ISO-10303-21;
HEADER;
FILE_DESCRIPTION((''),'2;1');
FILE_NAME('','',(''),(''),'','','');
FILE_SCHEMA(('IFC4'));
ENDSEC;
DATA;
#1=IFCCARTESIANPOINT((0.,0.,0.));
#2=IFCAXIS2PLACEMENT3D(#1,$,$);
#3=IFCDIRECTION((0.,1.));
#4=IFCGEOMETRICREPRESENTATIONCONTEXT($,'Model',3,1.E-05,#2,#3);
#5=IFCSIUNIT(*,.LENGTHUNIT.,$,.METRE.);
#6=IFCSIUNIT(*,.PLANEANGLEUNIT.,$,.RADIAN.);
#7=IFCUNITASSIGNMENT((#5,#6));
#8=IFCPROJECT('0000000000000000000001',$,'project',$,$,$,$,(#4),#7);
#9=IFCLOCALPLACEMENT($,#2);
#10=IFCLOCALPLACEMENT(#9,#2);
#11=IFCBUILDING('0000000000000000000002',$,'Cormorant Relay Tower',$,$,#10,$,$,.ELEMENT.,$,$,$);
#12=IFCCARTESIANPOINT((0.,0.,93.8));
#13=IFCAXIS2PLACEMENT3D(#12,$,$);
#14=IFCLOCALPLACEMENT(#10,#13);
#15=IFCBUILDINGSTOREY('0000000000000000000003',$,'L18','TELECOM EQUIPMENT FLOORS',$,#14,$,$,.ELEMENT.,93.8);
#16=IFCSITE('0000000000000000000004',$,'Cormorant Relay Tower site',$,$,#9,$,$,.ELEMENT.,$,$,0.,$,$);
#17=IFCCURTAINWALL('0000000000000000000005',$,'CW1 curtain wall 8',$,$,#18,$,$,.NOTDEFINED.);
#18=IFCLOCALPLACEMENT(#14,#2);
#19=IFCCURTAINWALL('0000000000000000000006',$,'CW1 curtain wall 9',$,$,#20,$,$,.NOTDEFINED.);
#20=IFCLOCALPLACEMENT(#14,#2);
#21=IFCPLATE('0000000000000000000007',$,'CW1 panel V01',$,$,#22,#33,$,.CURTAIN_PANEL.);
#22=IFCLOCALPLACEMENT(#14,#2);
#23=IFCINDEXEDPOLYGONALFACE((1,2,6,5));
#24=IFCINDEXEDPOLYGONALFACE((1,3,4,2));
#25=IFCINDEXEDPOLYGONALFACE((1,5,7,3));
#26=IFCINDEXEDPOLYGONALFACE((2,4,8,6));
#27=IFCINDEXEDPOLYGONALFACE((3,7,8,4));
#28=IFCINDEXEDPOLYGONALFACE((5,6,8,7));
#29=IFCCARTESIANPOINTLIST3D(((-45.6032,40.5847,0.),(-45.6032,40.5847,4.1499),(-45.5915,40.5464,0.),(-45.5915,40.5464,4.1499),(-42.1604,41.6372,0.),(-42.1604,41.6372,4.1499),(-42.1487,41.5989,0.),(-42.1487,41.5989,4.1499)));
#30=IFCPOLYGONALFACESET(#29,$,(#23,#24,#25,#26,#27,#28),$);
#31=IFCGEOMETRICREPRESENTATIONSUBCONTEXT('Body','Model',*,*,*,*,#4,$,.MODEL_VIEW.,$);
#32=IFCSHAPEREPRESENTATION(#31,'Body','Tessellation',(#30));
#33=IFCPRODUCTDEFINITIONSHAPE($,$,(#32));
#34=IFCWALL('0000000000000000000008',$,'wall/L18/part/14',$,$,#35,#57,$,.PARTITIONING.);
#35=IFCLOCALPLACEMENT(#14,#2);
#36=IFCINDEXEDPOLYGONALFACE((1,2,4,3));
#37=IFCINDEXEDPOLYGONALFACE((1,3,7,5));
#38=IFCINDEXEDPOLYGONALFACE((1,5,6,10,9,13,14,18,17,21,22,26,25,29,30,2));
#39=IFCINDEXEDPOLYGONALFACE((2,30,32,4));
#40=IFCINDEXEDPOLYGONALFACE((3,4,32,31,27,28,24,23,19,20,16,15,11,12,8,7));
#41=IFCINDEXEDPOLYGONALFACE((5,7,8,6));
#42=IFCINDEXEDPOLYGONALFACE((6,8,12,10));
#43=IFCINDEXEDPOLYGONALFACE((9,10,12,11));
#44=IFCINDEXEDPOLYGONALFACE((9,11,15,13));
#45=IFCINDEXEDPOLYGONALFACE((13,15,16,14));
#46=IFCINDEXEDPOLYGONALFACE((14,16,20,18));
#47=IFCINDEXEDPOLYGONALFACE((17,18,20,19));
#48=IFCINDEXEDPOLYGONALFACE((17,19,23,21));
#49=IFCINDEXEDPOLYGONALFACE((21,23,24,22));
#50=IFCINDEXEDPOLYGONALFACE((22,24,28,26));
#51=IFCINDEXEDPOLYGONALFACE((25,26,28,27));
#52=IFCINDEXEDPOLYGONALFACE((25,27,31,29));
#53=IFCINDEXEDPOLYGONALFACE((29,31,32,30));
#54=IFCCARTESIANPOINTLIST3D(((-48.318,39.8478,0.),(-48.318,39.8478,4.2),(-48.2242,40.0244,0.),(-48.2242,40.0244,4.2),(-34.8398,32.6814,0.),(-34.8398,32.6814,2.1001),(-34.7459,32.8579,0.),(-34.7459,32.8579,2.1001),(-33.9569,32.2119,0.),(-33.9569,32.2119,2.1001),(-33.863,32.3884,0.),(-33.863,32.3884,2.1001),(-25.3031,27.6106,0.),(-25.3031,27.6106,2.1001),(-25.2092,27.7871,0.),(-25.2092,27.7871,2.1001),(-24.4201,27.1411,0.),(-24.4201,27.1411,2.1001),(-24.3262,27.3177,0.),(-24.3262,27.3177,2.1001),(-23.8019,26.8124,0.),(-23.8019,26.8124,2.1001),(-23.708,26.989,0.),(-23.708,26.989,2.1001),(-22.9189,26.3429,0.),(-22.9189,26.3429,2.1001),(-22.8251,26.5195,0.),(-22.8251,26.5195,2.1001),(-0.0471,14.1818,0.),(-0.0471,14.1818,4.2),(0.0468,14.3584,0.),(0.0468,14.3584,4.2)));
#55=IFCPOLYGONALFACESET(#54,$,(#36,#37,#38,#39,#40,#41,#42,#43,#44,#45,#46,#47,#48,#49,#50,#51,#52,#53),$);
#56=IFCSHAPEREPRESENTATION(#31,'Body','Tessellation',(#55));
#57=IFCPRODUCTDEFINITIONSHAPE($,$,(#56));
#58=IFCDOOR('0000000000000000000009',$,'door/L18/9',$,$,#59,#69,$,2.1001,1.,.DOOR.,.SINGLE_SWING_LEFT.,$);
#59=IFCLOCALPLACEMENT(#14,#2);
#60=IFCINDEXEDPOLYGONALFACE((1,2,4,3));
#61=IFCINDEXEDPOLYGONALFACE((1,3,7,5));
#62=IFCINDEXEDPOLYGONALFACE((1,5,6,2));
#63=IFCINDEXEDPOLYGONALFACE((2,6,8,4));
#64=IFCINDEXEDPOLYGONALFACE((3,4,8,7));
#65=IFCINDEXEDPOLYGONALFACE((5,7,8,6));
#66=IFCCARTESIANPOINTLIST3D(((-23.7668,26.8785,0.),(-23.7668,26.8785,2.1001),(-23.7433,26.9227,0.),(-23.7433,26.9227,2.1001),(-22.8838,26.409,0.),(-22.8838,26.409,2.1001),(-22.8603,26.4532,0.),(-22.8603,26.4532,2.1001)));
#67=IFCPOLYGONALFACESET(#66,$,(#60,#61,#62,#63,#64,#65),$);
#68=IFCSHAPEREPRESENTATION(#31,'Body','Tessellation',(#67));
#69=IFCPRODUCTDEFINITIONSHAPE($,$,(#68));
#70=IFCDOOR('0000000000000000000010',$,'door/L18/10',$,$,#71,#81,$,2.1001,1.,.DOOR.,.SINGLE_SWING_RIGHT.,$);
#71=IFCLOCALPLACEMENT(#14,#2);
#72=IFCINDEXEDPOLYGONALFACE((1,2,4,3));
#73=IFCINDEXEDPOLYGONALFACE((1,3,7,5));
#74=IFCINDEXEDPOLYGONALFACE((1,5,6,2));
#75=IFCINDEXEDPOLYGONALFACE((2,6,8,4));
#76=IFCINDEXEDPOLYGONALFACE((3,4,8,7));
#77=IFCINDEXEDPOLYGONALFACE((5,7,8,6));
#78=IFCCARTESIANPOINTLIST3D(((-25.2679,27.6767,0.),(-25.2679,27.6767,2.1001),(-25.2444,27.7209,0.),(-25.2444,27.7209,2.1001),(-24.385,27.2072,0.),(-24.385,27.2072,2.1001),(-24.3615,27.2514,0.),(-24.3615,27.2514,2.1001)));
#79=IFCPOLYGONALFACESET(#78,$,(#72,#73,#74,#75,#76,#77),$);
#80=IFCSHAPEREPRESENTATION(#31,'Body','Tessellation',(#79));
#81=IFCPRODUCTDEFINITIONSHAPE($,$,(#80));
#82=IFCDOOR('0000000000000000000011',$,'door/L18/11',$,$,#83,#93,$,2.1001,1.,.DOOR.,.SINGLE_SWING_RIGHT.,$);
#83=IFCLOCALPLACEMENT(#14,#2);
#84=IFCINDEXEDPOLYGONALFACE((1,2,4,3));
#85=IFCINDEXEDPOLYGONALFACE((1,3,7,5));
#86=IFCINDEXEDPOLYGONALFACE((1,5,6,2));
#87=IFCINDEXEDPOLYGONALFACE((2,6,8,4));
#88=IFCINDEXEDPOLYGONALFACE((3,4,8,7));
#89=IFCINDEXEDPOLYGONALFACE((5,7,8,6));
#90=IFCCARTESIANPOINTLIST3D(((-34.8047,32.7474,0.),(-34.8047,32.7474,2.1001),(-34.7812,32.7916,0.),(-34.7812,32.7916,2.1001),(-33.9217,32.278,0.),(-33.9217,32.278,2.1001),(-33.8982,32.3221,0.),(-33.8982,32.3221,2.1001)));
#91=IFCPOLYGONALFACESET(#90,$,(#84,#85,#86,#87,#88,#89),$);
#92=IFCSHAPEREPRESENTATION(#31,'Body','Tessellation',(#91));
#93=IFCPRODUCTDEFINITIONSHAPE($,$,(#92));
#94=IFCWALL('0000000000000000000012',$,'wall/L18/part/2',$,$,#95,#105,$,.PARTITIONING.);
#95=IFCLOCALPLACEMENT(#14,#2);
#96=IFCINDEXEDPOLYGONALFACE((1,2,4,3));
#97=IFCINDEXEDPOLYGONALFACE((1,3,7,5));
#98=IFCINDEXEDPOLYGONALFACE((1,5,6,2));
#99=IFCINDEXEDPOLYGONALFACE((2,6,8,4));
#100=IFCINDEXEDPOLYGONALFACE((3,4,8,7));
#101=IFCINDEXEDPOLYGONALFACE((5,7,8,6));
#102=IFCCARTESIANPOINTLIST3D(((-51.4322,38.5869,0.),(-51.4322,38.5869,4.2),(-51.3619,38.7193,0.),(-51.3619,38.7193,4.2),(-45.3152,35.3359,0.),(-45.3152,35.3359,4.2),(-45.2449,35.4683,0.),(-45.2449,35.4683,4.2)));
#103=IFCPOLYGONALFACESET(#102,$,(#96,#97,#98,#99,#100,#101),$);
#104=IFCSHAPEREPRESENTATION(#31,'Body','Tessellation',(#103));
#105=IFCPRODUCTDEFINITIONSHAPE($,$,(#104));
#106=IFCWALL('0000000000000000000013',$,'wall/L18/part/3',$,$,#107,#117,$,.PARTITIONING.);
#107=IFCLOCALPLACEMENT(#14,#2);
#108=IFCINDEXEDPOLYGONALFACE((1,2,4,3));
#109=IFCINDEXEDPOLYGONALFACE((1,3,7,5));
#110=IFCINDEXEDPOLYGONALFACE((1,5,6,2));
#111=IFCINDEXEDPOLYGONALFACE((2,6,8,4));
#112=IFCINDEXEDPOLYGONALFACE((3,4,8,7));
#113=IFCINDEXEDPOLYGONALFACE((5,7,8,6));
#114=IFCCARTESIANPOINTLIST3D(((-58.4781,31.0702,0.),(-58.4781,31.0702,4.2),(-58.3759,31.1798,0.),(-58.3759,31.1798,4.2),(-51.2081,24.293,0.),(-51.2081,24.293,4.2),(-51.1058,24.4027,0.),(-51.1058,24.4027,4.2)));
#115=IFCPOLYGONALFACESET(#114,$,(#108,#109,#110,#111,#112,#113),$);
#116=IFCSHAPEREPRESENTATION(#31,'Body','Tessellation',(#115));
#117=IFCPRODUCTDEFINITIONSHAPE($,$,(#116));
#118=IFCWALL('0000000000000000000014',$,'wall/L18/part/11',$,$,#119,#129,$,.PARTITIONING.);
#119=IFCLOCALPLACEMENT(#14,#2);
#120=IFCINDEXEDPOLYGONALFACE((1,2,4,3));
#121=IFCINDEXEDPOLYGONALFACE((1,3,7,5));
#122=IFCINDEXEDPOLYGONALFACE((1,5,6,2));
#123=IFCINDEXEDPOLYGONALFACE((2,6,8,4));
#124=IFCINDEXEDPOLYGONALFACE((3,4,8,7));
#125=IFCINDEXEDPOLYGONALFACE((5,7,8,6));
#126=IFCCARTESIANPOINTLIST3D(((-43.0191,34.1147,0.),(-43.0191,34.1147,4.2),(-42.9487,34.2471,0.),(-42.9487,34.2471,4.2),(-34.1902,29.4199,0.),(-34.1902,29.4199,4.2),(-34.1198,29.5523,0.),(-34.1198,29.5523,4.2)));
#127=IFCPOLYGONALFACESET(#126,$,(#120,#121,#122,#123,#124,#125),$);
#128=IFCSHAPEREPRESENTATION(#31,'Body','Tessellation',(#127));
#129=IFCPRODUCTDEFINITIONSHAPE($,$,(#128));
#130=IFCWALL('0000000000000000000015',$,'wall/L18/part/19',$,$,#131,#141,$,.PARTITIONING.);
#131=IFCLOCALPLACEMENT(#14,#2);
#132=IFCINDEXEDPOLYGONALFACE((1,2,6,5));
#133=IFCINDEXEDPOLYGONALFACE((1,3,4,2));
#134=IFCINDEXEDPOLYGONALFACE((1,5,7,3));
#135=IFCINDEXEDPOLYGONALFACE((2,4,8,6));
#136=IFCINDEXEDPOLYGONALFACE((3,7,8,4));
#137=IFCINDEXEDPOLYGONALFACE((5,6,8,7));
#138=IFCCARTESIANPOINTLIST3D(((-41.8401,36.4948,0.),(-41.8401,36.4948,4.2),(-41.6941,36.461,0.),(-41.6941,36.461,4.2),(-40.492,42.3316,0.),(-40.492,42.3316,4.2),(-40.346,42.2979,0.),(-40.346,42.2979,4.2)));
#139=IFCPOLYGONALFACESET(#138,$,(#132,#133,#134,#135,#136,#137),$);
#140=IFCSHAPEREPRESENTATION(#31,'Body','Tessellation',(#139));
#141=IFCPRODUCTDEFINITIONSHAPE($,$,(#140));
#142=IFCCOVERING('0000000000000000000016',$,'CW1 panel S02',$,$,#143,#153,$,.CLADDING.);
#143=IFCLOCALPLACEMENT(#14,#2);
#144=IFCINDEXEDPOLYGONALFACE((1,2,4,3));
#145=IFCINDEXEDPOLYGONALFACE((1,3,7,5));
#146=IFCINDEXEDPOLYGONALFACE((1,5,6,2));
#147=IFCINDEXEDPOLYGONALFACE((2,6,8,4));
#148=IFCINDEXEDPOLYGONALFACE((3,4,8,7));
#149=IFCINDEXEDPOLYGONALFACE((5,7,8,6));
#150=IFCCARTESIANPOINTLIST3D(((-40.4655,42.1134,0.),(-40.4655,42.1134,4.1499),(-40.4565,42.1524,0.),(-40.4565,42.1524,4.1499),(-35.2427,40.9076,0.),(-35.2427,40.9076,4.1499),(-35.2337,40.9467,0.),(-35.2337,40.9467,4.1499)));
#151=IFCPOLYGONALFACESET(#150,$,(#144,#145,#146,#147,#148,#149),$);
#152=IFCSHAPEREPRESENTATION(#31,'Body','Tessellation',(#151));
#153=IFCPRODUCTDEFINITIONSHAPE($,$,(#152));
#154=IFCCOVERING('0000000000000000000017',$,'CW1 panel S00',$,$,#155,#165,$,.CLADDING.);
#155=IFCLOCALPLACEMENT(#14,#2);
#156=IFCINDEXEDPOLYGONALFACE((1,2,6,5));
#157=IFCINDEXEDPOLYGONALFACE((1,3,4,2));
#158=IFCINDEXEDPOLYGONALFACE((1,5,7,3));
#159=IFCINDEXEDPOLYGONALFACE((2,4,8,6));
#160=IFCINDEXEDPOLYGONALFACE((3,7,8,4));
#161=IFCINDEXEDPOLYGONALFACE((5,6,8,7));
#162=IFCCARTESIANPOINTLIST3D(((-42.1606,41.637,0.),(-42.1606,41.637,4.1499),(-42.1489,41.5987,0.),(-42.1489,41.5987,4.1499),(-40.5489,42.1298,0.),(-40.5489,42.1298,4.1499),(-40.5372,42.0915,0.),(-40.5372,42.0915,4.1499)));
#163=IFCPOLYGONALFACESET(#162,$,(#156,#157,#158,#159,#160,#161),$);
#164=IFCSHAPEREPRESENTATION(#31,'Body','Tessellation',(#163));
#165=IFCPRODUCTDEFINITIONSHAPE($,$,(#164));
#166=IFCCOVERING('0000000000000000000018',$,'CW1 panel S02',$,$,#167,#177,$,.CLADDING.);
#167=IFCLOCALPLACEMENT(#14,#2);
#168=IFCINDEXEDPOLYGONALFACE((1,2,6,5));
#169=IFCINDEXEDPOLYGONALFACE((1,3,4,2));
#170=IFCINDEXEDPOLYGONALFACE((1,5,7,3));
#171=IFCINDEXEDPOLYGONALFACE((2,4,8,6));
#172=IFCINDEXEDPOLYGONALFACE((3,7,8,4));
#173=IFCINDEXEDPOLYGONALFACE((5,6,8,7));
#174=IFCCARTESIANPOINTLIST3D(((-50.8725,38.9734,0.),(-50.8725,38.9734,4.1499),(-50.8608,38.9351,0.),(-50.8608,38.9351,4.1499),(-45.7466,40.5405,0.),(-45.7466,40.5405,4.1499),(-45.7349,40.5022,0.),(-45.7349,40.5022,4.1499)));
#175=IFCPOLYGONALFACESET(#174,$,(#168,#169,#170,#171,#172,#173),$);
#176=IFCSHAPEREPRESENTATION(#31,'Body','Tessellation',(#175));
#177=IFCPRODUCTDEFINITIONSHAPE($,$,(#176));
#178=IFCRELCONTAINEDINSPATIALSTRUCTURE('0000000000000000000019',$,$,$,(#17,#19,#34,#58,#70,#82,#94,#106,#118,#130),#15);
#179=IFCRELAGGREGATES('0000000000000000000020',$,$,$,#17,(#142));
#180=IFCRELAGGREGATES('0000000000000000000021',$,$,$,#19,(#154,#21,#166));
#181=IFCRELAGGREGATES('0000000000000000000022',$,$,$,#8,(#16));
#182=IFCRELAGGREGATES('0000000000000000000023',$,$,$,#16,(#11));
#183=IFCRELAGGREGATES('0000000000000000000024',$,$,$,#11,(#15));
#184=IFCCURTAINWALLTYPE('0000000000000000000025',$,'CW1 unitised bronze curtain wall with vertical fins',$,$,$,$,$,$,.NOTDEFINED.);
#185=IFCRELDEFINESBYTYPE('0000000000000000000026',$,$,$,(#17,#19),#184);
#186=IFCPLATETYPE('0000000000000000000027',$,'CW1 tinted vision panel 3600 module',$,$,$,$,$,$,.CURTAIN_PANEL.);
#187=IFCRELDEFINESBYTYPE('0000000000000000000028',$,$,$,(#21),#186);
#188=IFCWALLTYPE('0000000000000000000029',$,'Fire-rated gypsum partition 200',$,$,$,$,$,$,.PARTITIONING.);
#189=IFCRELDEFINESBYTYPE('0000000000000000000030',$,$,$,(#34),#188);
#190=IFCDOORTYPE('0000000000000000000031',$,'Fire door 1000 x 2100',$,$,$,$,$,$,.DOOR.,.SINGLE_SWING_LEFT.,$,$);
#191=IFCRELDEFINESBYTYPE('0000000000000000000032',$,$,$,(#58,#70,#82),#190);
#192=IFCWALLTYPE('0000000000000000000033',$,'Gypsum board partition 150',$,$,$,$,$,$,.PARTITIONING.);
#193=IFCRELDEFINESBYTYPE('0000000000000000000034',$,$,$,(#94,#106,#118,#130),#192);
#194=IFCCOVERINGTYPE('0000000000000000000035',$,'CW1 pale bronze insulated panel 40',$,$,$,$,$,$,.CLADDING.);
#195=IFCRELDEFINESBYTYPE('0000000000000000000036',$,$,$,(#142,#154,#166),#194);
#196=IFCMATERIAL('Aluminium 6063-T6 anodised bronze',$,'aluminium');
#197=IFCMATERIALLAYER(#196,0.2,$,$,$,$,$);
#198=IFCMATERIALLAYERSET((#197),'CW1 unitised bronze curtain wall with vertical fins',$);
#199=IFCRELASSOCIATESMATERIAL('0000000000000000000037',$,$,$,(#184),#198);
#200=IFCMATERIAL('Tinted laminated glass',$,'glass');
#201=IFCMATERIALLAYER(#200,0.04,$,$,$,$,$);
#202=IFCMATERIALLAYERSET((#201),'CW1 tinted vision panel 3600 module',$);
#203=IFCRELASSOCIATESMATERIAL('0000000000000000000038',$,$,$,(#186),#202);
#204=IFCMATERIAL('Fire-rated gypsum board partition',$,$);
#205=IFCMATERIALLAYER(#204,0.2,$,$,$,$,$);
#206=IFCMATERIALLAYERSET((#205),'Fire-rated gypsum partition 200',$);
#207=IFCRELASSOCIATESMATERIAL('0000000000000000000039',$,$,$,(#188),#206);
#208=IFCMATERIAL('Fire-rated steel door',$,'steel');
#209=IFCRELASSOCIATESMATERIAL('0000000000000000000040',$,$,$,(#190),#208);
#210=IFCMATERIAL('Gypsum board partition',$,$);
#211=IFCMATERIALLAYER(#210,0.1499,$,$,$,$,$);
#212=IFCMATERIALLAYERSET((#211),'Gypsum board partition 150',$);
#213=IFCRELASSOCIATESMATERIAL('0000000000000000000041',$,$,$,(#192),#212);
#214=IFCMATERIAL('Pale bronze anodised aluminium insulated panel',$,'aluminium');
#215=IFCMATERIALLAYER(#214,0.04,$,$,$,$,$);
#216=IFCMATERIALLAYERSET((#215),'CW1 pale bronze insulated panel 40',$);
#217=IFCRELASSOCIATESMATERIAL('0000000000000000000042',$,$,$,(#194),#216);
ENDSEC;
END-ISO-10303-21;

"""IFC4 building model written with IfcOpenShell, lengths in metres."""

from ifc_helpers import new_model, si_unit, direction, frame, frame_2d, origin, origin_2d, place, context, subcontext, project, spatial, rectangle, extrude, material, layer, layer_set, type_object, element, fill, aggregate, save


model = new_model("IFC4")

# Units and contexts
model_context = context("Model", 3, precision=1e-05, world=origin(), true_north=direction((0.0, 1.0)))
body_context = subcontext(model_context, "Body", "Model", "MODEL_VIEW")
ifc_project = project(units=[si_unit("LENGTHUNIT", "METRE"), si_unit("PLANEANGLEUNIT", "RADIAN")], contexts=[model_context])

# Site, building, storey
site_placement = place(None, origin())
site = spatial("IfcSite", under=ifc_project, at=site_placement, Name="Cormorant Relay Tower site", CompositionType="ELEMENT", RefElevation=0.0)
building_placement = place(site_placement, origin())
building = spatial("IfcBuilding", under=site, at=building_placement, Name="Cormorant Relay Tower", CompositionType="ELEMENT")
storey_placement = place(building_placement, frame((0.0, 0.0, 93.8)))
storey = spatial("IfcBuildingStorey", under=building, at=storey_placement, Name="L18", Description="TELECOM EQUIPMENT FLOORS", CompositionType="ELEMENT", Elevation=93.8)

# Curtain wall
ifc_material_1 = material(Name="Aluminium 6063-T6 anodised bronze", Category="aluminium")
ifc_layer_1 = layer(ifc_material_1, 0.2)
ifc_layer_set_1 = layer_set([ifc_layer_1], Name="CW1 unitised bronze curtain wall with vertical fins")
curtain_wall_type = type_object("IfcCurtainWallType", Name="CW1 unitised bronze curtain wall with vertical fins", PredefinedType="NOTDEFINED", material=ifc_layer_set_1)
curtain_wall_1_placement = place(storey_placement, origin())
curtain_wall_1 = element("IfcCurtainWall", 1, at=curtain_wall_1_placement, inside=storey, type_object=curtain_wall_type, Name="CW1 curtain wall 8", PredefinedType="NOTDEFINED")

# Curtain wall
curtain_wall_2_placement = place(storey_placement, origin())
curtain_wall_2 = element("IfcCurtainWall", 2, at=curtain_wall_2_placement, inside=storey, type_object=curtain_wall_type, Name="CW1 curtain wall 9", PredefinedType="NOTDEFINED")

# Plate
ifc_material_2 = material(Name="Tinted laminated glass", Category="glass")
ifc_layer_2 = layer(ifc_material_2, 0.04)
ifc_layer_set_2 = layer_set([ifc_layer_2], Name="CW1 tinted vision panel 3600 module")
plate_type_1 = type_object("IfcPlateType", Name="CW1 tinted vision panel 3600 module", PredefinedType="CURTAIN_PANEL", material=ifc_layer_set_2)
plate_1_placement = place(storey_placement, frame((-43.876, 41.0918, 0.0), z_axis=(0.0, 0.0, 1.0), x_axis=(-0.956305, -0.292372, 0.0)))
plate_1 = element("IfcPlate", 3, at=plate_1_placement, type_object=plate_type_1, Name="CW1 panel V01", PredefinedType="CURTAIN_PANEL", context=body_context, shape_type="SweptSolid", body=[
    extrude(rectangle(XDim=3.6001, YDim=0.04, at=origin_2d()), origin(), (0.0, 0.0, 1.0), 4.1499),
])

# Wall, openings, doors
ifc_material_3 = material(Name="Fire-rated gypsum board partition")
ifc_layer_3 = layer(ifc_material_3, 0.2)
ifc_layer_set_3 = layer_set([ifc_layer_3], Name="Fire-rated gypsum partition 200")
wall_type_1 = type_object("IfcWallType", Name="Fire-rated gypsum partition 200", PredefinedType="PARTITIONING", material=ifc_layer_set_3)
wall_1_placement = place(storey_placement, frame((-48.271, 39.936, 0.0), z_axis=(0.0, 0.0, 1.0), x_axis=(0.882949, -0.46947, 0.0)))
wall_1 = element("IfcWall", 4, at=wall_1_placement, inside=storey, type_object=wall_type_1, Name="wall/L18/part/14", PredefinedType="PARTITIONING", context=body_context, shape_type="SweptSolid", body=[
    extrude(rectangle(XDim=54.6702, YDim=0.2, at=frame_2d((27.335, 0.0))), origin(), (0.0, 0.0, 1.0), 4.2),
])
opening_1_placement = place(wall_1_placement, frame((27.7661, 0.0, 0.0)))
opening_1 = element("IfcOpeningElement", 5, at=opening_1_placement, cuts=wall_1, PredefinedType="OPENING", context=body_context, shape_type="SweptSolid", body=[
    extrude(rectangle(XDim=1.0, YDim=2.1001, at=frame_2d((0.5, 1.05))), frame((0.0, 0.1099, 0.0), z_axis=(0.0, -1.0, 0.0), x_axis=(1.0, 0.0, 0.0)), (0.0, 0.0, 1.0), 0.22),
])
opening_2_placement = place(wall_1_placement, frame((26.0659, 0.0, 0.0)))
opening_2 = element("IfcOpeningElement", 6, at=opening_2_placement, cuts=wall_1, PredefinedType="OPENING", context=body_context, shape_type="SweptSolid", body=[
    extrude(rectangle(XDim=1.0, YDim=2.1001, at=frame_2d((0.5, 1.05))), frame((0.0, 0.1099, 0.0), z_axis=(0.0, -1.0, 0.0), x_axis=(1.0, 0.0, 0.0)), (0.0, 0.0, 1.0), 0.22),
])
opening_3_placement = place(wall_1_placement, frame((15.2649, 0.0, 0.0)))
opening_3 = element("IfcOpeningElement", 7, at=opening_3_placement, cuts=wall_1, PredefinedType="OPENING", context=body_context, shape_type="SweptSolid", body=[
    extrude(rectangle(XDim=1.0, YDim=2.1001, at=frame_2d((0.5, 1.05))), frame((0.0, 0.1099, 0.0), z_axis=(0.0, -1.0, 0.0), x_axis=(1.0, 0.0, 0.0)), (0.0, 0.0, 1.0), 0.22),
])
ifc_material_4 = material(Name="Fire-rated steel door", Category="steel")
door_type = type_object("IfcDoorType", Name="Fire door 1000 x 2100", OperationType="SINGLE_SWING_LEFT", PredefinedType="DOOR", material=ifc_material_4)
door_1_placement = place(opening_1_placement, origin())
door_1 = element("IfcDoor", 8, at=door_1_placement, inside=storey, type_object=door_type, Name="door/L18/9", OperationType="SINGLE_SWING_LEFT", OverallHeight=2.1001, OverallWidth=1.0, PredefinedType="DOOR", context=body_context, shape_type="SweptSolid", body=[
    extrude(rectangle(XDim=1.0, YDim=2.1001, at=frame_2d((0.5, 1.05))), frame((0.0, 0.0249, 0.0), z_axis=(0.0, -1.0, 0.0), x_axis=(1.0, 0.0, 0.0)), (0.0, 0.0, 1.0), 0.05),
])
fill(opening_1, door_1)
door_2_placement = place(opening_2_placement, origin())
door_2 = element("IfcDoor", 9, at=door_2_placement, inside=storey, type_object=door_type, Name="door/L18/10", OperationType="SINGLE_SWING_RIGHT", OverallHeight=2.1001, OverallWidth=1.0, PredefinedType="DOOR", context=body_context, shape_type="SweptSolid", body=[
    extrude(rectangle(XDim=1.0, YDim=2.1001, at=frame_2d((0.5, 1.05))), frame((0.0, 0.0249, 0.0), z_axis=(0.0, -1.0, 0.0), x_axis=(1.0, 0.0, 0.0)), (0.0, 0.0, 1.0), 0.05),
])
fill(opening_2, door_2)
door_3_placement = place(opening_3_placement, origin())
door_3 = element("IfcDoor", 10, at=door_3_placement, inside=storey, type_object=door_type, Name="door/L18/11", OperationType="SINGLE_SWING_RIGHT", OverallHeight=2.1001, OverallWidth=1.0, PredefinedType="DOOR", context=body_context, shape_type="SweptSolid", body=[
    extrude(rectangle(XDim=1.0, YDim=2.1001, at=frame_2d((0.5, 1.05))), frame((0.0, 0.0249, 0.0), z_axis=(0.0, -1.0, 0.0), x_axis=(1.0, 0.0, 0.0)), (0.0, 0.0, 1.0), 0.05),
])
fill(opening_3, door_3)

# Walls
ifc_material_5 = material(Name="Gypsum board partition")
ifc_layer_4 = layer(ifc_material_5, 0.1499)
ifc_layer_set_4 = layer_set([ifc_layer_4], Name="Gypsum board partition 150")
wall_type_2 = type_object("IfcWallType", Name="Gypsum board partition 150", PredefinedType="PARTITIONING", material=ifc_layer_set_4)
wall_2_placement = place(storey_placement, frame((-45.28, 35.4021, 0.0), z_axis=(0.0, 0.0, 1.0), x_axis=(-0.883035, 0.469307, 0.0)))
element("IfcWall", 11, at=wall_2_placement, inside=storey, type_object=wall_type_2, Name="wall/L18/part/2", PredefinedType="PARTITIONING", context=body_context, shape_type="SweptSolid", body=[
    extrude(rectangle(XDim=6.9272, YDim=0.1499, at=frame_2d((3.4636, 0.0))), origin(), (0.0, 0.0, 1.0), 4.2),
])
wall_3_placement = place(storey_placement, frame((-58.427, 31.125, 0.0), z_axis=(0.0, 0.0, 1.0), x_axis=(0.731469, -0.681874, 0.0)))
element("IfcWall", 12, at=wall_3_placement, inside=storey, type_object=wall_type_2, Name="wall/L18/part/3", PredefinedType="PARTITIONING", context=body_context, shape_type="SweptSolid", body=[
    extrude(rectangle(XDim=9.939, YDim=0.1499, at=frame_2d((4.9695, 0.0))), origin(), (0.0, 0.0, 1.0), 4.2),
])
wall_4_placement = place(storey_placement, frame((-42.9839, 34.1809, 0.0), z_axis=(0.0, 0.0, 1.0), x_axis=(0.882929, -0.469506, 0.0)))
element("IfcWall", 13, at=wall_4_placement, inside=storey, type_object=wall_type_2, Name="wall/L18/part/11", PredefinedType="PARTITIONING", context=body_context, shape_type="SweptSolid", body=[
    extrude(rectangle(XDim=9.9995, YDim=0.1499, at=frame_2d((4.9998, 0.0))), origin(), (0.0, 0.0, 1.0), 4.2),
])
wall_5_placement = place(storey_placement, frame((-41.7671, 36.478, 0.0), z_axis=(0.0, 0.0, 1.0), x_axis=(0.225044, 0.974349, 0.0)))
element("IfcWall", 14, at=wall_5_placement, inside=storey, type_object=wall_type_2, Name="wall/L18/part/19", PredefinedType="PARTITIONING", context=body_context, shape_type="SweptSolid", body=[
    extrude(rectangle(XDim=5.9905, YDim=0.1499, at=frame_2d((2.9951, 0.0))), origin(), (0.0, 0.0, 1.0), 4.2),
])

# Coverings
ifc_material_6 = material(Name="Pale bronze anodised aluminium insulated panel", Category="aluminium")
ifc_layer_5 = layer(ifc_material_6, 0.04)
ifc_layer_set_5 = layer_set([ifc_layer_5], Name="CW1 pale bronze insulated panel 40")
covering_type = type_object("IfcCoveringType", Name="CW1 pale bronze insulated panel 40", PredefinedType="CLADDING", material=ifc_layer_set_5)
covering_1_placement = place(storey_placement, frame((-37.8496, 41.53, 0.0), z_axis=(0.0, 0.0, 1.0), x_axis=(-0.97437, 0.224951, 0.0)))
covering_1 = element("IfcCovering", 15, at=covering_1_placement, type_object=covering_type, Name="CW1 panel S02", PredefinedType="CLADDING", context=body_context, shape_type="SweptSolid", body=[
    extrude(rectangle(XDim=5.3601, YDim=0.04, at=origin_2d()), origin(), (0.0, 0.0, 1.0), 4.1499),
])
aggregate(curtain_wall_1, [covering_1])
covering_2_placement = place(storey_placement, frame((-41.3489, 41.8643, 0.0), z_axis=(0.0, 0.0, 1.0), x_axis=(-0.956305, -0.292372, 0.0)))
covering_2 = element("IfcCovering", 16, at=covering_2_placement, type_object=covering_type, Name="CW1 panel S00", PredefinedType="CLADDING", context=body_context, shape_type="SweptSolid", body=[
    extrude(rectangle(XDim=1.6853, YDim=0.04, at=origin_2d()), origin(), (0.0, 0.0, 1.0), 4.1499),
])
covering_3_placement = place(storey_placement, frame((-48.3037, 39.7378, 0.0), z_axis=(0.0, 0.0, 1.0), x_axis=(-0.956305, -0.292372, 0.0)))
covering_3 = element("IfcCovering", 17, at=covering_3_placement, type_object=covering_type, Name="CW1 panel S02", PredefinedType="CLADDING", context=body_context, shape_type="SweptSolid", body=[
    extrude(rectangle(XDim=5.3601, YDim=0.04, at=origin_2d()), origin(), (0.0, 0.0, 1.0), 4.1499),
])
aggregate(curtain_wall_2, [covering_2, plate_1, covering_3])

save(model, "model.ifc")
